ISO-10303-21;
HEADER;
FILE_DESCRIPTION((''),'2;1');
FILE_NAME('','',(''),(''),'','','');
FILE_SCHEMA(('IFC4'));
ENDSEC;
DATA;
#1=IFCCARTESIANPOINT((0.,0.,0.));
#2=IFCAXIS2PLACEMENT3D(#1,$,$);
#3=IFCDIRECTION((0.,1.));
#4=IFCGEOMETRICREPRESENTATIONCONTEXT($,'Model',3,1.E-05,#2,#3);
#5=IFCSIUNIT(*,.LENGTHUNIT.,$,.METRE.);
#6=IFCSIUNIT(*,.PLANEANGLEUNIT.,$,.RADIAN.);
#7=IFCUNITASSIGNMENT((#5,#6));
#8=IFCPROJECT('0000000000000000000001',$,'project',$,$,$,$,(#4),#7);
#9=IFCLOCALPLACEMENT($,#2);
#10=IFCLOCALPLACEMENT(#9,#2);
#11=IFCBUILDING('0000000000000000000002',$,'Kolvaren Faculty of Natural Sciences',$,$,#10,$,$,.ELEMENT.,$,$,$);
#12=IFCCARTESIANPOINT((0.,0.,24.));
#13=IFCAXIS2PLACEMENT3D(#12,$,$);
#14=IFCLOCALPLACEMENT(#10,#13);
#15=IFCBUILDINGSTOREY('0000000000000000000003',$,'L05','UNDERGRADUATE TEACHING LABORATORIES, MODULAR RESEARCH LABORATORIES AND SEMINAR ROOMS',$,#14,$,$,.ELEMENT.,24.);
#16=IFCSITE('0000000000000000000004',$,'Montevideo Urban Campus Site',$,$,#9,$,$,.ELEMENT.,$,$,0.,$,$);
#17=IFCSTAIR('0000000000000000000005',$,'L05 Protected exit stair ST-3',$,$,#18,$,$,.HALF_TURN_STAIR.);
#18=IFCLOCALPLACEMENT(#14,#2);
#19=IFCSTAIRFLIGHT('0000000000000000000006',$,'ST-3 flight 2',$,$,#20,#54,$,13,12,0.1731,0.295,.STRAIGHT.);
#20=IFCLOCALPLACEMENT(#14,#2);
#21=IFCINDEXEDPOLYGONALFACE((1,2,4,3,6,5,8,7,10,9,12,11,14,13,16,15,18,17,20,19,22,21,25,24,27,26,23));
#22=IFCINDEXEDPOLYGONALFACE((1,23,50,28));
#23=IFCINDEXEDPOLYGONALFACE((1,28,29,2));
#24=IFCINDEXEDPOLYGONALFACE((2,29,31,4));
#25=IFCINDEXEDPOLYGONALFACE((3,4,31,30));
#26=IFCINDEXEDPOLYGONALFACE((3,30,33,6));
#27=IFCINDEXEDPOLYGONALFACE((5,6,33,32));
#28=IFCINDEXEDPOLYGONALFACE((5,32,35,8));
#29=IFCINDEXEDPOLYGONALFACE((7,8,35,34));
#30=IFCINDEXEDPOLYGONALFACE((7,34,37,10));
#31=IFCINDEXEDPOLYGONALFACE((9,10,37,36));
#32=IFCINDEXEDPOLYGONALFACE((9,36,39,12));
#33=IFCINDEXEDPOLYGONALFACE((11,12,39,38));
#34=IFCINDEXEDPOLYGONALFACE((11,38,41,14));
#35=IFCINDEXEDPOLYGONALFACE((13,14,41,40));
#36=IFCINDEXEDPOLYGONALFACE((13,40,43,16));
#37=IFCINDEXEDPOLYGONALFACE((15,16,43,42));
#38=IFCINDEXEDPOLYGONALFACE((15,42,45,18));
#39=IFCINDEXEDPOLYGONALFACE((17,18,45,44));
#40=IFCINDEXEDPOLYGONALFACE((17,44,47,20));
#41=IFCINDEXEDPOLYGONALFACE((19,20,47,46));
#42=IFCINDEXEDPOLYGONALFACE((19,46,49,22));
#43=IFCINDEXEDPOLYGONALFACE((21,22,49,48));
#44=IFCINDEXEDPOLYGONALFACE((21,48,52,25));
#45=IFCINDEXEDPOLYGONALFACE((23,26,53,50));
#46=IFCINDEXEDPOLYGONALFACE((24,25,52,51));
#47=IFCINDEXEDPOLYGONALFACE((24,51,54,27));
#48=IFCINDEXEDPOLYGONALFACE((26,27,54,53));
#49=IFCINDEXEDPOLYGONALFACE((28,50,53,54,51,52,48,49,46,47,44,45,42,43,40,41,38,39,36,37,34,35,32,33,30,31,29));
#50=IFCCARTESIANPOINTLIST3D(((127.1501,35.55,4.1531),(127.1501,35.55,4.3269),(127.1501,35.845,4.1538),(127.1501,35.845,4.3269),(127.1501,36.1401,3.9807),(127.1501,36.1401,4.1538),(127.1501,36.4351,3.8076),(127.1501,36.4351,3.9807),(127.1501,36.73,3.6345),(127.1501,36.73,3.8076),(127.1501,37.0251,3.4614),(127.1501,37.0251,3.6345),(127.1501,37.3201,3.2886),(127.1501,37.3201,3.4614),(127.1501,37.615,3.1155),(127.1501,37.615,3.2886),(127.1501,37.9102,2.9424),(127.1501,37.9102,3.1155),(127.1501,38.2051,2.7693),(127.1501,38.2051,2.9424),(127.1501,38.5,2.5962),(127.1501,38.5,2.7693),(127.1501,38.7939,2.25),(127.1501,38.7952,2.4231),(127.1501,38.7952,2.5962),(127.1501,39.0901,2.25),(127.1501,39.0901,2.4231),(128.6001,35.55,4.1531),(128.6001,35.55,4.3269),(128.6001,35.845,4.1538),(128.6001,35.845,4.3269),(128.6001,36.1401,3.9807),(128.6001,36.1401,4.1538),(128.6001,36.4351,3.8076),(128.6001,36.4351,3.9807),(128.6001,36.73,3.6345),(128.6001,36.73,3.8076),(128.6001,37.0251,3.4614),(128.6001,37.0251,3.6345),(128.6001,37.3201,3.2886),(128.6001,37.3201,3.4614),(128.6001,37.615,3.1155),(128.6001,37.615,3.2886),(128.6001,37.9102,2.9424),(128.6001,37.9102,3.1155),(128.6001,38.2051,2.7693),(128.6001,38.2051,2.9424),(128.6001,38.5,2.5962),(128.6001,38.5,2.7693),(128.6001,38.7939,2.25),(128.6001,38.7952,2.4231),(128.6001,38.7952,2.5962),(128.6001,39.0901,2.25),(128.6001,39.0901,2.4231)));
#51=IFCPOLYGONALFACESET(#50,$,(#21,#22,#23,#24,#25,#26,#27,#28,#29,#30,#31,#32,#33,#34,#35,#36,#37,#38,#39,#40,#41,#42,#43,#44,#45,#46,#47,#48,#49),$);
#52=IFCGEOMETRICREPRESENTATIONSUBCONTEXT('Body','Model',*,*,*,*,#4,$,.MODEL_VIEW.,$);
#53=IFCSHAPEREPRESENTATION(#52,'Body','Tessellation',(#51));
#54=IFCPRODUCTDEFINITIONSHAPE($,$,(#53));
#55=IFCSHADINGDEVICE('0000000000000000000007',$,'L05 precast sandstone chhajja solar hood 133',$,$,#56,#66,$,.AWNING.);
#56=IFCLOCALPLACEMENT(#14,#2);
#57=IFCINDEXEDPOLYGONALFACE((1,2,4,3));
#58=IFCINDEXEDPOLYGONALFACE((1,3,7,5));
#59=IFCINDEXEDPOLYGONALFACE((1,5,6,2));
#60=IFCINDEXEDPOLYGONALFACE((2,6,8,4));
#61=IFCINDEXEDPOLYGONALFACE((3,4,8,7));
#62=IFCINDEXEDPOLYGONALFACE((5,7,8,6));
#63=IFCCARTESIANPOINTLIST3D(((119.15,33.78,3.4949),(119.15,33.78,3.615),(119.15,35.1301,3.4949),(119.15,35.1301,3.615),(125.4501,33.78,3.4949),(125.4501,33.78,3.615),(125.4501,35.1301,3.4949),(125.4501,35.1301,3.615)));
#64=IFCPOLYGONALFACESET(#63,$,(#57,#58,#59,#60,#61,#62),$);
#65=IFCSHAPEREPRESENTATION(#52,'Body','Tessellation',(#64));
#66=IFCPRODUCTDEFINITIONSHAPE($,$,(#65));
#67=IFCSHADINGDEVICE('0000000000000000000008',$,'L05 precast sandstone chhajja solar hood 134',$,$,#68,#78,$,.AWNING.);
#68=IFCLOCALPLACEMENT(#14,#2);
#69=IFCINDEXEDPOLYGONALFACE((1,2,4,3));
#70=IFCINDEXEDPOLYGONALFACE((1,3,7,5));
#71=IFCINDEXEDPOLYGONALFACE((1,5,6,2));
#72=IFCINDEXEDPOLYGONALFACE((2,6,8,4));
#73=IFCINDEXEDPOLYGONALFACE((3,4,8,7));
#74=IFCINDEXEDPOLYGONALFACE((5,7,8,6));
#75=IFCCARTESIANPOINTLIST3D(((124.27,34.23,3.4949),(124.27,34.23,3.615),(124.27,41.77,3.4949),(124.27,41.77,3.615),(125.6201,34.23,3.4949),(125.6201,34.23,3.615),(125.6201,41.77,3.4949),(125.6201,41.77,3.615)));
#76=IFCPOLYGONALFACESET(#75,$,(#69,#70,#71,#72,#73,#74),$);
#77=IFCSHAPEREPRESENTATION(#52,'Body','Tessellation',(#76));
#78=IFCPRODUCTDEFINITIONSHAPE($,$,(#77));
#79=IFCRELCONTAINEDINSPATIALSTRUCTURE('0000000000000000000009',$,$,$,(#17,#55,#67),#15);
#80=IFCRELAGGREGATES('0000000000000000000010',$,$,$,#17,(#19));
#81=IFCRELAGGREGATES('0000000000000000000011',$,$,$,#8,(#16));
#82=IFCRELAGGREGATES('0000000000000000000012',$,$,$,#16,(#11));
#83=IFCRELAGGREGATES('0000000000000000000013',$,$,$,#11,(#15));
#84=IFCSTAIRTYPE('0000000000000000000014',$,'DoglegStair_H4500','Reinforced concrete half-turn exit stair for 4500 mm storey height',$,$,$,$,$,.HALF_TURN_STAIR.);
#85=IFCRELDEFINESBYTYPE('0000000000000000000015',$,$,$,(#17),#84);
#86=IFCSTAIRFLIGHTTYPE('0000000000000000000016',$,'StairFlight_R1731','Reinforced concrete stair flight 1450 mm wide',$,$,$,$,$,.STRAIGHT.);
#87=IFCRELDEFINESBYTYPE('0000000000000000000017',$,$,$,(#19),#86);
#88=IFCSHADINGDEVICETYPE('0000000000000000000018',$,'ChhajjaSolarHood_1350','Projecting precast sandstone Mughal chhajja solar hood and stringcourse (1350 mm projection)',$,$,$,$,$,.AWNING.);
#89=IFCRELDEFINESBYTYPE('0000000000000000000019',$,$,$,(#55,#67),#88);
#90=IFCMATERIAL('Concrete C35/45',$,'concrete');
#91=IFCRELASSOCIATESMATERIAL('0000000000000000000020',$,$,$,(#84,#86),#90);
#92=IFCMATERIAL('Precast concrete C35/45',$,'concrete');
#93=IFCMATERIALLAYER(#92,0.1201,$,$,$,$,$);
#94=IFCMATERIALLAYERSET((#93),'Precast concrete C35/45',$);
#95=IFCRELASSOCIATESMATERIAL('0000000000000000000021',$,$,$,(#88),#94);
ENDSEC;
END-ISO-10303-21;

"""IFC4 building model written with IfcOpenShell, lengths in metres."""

from ifc_helpers import new_model, si_unit, direction, frame, origin, origin_2d, place, context, subcontext, project, spatial, polyline, rectangle, outline, extrude, material, layer, layer_set, type_object, element, aggregate, save


model = new_model("IFC4")

# Units and contexts
model_context = context("Model", 3, precision=1e-05, world=origin(), true_north=direction((0.0, 1.0)))
body_context = subcontext(model_context, "Body", "Model", "MODEL_VIEW")
ifc_project = project(units=[si_unit("LENGTHUNIT", "METRE"), si_unit("PLANEANGLEUNIT", "RADIAN")], contexts=[model_context])

# Site, building, storey
site_placement = place(None, origin())
site = spatial("IfcSite", under=ifc_project, at=site_placement, Name="Montevideo Urban Campus Site", CompositionType="ELEMENT", RefElevation=0.0)
building_placement = place(site_placement, origin())
building = spatial("IfcBuilding", under=site, at=building_placement, Name="Kolvaren Faculty of Natural Sciences", CompositionType="ELEMENT")
storey_placement = place(building_placement, frame((0.0, 0.0, 24.0)))
storey = spatial("IfcBuildingStorey", under=building, at=storey_placement, Name="L05", Description="UNDERGRADUATE TEACHING LABORATORIES, MODULAR RESEARCH LABORATORIES AND SEMINAR ROOMS", CompositionType="ELEMENT", Elevation=24.0)

# Shared definitions
ifc_material_1 = material(Name="Concrete C35/45", Category="concrete")

# Shared definitions
ifc_material_2 = material(Name="Precast concrete C35/45", Category="concrete")

# Stair, stair flight
stair_type = type_object("IfcStairType", Name="DoglegStair_H4500", Description="Reinforced concrete half-turn exit stair for 4500 mm storey height", PredefinedType="HALF_TURN_STAIR", material=ifc_material_1)
stair_placement = place(storey_placement, origin())
stair = element("IfcStair", 1, at=stair_placement, inside=storey, type_object=stair_type, Name="L05 Protected exit stair ST-3", PredefinedType="HALF_TURN_STAIR")
stair_flight_type = type_object("IfcStairFlightType", Name="StairFlight_R1731", Description="Reinforced concrete stair flight 1450 mm wide", PredefinedType="STRAIGHT", material=ifc_material_1)
stair_flight_1_placement = place(storey_placement, frame((127.875, 39.0901, 2.25), z_axis=(0.0, 0.0, 1.0), x_axis=(0.0, -1.0, 0.0)))
stair_flight_1 = element("IfcStairFlight", 2, at=stair_flight_1_placement, type_object=stair_flight_type, Name="ST-3 flight 2", NumberOfRisers=13, NumberOfTreads=12, PredefinedType="STRAIGHT", RiserHeight=0.1731, TreadLength=0.295, context=body_context, shape_type="SweptSolid", body=[
    extrude(outline(polyline([(0.0, 0.0), (0.0, 0.1731), (0.2949, 0.1731), (0.2949, 0.3462), (0.5901, 0.3462), (0.5901, 0.5193), (0.885, 0.5193), (0.885, 0.6924), (1.1799, 0.6924), (1.1799, 0.8655), (1.4751, 0.8655), (1.4751, 1.0386), (1.77, 1.0386), (1.77, 1.2114), (2.0649, 1.2114), (2.0649, 1.3845), (2.3601, 1.3845), (2.3601, 1.5576), (2.655, 1.5576), (2.655, 1.7307), (2.95, 1.7307), (2.95, 1.9038), (3.2451, 1.9038), (3.2451, 2.0769), (3.54, 2.0769), (3.54, 2.25), (3.54, 1.9031), (0.2961, 0.0), (0.0, 0.0)])), frame((0.0, 0.7251, 0.0), z_axis=(0.0, -1.0, 0.0), x_axis=(1.0, 0.0, 0.0)), (0.0, 0.0, 1.0), 1.45),
])
aggregate(stair, [stair_flight_1])

# Shading devices
ifc_layer_1 = layer(ifc_material_2, 0.1201)
ifc_layer_set_1 = layer_set([ifc_layer_1], Name="Precast concrete C35/45")
shading_device_type = type_object("IfcShadingDeviceType", Name="ChhajjaSolarHood_1350", Description="Projecting precast sandstone Mughal chhajja solar hood and stringcourse (1350 mm projection)", PredefinedType="AWNING", material=ifc_layer_set_1)
shading_device_1_placement = place(storey_placement, frame((122.3, 34.4551, 3.4949), z_axis=(0.0, 0.0, 1.0), x_axis=(1.0, 0.0, 0.0)))
element("IfcShadingDevice", 3, at=shading_device_1_placement, inside=storey, type_object=shading_device_type, Name="L05 precast sandstone chhajja solar hood 133", PredefinedType="AWNING", context=body_context, shape_type="SweptSolid", body=[
    extrude(rectangle(XDim=6.3, YDim=1.3501, at=origin_2d()), origin(), (0.0, 0.0, 1.0), 0.1201),
])
shading_device_2_placement = place(storey_placement, frame((124.9451, 38.0, 3.4949), z_axis=(0.0, 0.0, 1.0), x_axis=(0.0, 1.0, 0.0)))
element("IfcShadingDevice", 4, at=shading_device_2_placement, inside=storey, type_object=shading_device_type, Name="L05 precast sandstone chhajja solar hood 134", PredefinedType="AWNING", context=body_context, shape_type="SweptSolid", body=[
    extrude(rectangle(XDim=7.54, YDim=1.3501, at=origin_2d()), origin(), (0.0, 0.0, 1.0), 0.1201),
])

save(model, "model.ifc")
